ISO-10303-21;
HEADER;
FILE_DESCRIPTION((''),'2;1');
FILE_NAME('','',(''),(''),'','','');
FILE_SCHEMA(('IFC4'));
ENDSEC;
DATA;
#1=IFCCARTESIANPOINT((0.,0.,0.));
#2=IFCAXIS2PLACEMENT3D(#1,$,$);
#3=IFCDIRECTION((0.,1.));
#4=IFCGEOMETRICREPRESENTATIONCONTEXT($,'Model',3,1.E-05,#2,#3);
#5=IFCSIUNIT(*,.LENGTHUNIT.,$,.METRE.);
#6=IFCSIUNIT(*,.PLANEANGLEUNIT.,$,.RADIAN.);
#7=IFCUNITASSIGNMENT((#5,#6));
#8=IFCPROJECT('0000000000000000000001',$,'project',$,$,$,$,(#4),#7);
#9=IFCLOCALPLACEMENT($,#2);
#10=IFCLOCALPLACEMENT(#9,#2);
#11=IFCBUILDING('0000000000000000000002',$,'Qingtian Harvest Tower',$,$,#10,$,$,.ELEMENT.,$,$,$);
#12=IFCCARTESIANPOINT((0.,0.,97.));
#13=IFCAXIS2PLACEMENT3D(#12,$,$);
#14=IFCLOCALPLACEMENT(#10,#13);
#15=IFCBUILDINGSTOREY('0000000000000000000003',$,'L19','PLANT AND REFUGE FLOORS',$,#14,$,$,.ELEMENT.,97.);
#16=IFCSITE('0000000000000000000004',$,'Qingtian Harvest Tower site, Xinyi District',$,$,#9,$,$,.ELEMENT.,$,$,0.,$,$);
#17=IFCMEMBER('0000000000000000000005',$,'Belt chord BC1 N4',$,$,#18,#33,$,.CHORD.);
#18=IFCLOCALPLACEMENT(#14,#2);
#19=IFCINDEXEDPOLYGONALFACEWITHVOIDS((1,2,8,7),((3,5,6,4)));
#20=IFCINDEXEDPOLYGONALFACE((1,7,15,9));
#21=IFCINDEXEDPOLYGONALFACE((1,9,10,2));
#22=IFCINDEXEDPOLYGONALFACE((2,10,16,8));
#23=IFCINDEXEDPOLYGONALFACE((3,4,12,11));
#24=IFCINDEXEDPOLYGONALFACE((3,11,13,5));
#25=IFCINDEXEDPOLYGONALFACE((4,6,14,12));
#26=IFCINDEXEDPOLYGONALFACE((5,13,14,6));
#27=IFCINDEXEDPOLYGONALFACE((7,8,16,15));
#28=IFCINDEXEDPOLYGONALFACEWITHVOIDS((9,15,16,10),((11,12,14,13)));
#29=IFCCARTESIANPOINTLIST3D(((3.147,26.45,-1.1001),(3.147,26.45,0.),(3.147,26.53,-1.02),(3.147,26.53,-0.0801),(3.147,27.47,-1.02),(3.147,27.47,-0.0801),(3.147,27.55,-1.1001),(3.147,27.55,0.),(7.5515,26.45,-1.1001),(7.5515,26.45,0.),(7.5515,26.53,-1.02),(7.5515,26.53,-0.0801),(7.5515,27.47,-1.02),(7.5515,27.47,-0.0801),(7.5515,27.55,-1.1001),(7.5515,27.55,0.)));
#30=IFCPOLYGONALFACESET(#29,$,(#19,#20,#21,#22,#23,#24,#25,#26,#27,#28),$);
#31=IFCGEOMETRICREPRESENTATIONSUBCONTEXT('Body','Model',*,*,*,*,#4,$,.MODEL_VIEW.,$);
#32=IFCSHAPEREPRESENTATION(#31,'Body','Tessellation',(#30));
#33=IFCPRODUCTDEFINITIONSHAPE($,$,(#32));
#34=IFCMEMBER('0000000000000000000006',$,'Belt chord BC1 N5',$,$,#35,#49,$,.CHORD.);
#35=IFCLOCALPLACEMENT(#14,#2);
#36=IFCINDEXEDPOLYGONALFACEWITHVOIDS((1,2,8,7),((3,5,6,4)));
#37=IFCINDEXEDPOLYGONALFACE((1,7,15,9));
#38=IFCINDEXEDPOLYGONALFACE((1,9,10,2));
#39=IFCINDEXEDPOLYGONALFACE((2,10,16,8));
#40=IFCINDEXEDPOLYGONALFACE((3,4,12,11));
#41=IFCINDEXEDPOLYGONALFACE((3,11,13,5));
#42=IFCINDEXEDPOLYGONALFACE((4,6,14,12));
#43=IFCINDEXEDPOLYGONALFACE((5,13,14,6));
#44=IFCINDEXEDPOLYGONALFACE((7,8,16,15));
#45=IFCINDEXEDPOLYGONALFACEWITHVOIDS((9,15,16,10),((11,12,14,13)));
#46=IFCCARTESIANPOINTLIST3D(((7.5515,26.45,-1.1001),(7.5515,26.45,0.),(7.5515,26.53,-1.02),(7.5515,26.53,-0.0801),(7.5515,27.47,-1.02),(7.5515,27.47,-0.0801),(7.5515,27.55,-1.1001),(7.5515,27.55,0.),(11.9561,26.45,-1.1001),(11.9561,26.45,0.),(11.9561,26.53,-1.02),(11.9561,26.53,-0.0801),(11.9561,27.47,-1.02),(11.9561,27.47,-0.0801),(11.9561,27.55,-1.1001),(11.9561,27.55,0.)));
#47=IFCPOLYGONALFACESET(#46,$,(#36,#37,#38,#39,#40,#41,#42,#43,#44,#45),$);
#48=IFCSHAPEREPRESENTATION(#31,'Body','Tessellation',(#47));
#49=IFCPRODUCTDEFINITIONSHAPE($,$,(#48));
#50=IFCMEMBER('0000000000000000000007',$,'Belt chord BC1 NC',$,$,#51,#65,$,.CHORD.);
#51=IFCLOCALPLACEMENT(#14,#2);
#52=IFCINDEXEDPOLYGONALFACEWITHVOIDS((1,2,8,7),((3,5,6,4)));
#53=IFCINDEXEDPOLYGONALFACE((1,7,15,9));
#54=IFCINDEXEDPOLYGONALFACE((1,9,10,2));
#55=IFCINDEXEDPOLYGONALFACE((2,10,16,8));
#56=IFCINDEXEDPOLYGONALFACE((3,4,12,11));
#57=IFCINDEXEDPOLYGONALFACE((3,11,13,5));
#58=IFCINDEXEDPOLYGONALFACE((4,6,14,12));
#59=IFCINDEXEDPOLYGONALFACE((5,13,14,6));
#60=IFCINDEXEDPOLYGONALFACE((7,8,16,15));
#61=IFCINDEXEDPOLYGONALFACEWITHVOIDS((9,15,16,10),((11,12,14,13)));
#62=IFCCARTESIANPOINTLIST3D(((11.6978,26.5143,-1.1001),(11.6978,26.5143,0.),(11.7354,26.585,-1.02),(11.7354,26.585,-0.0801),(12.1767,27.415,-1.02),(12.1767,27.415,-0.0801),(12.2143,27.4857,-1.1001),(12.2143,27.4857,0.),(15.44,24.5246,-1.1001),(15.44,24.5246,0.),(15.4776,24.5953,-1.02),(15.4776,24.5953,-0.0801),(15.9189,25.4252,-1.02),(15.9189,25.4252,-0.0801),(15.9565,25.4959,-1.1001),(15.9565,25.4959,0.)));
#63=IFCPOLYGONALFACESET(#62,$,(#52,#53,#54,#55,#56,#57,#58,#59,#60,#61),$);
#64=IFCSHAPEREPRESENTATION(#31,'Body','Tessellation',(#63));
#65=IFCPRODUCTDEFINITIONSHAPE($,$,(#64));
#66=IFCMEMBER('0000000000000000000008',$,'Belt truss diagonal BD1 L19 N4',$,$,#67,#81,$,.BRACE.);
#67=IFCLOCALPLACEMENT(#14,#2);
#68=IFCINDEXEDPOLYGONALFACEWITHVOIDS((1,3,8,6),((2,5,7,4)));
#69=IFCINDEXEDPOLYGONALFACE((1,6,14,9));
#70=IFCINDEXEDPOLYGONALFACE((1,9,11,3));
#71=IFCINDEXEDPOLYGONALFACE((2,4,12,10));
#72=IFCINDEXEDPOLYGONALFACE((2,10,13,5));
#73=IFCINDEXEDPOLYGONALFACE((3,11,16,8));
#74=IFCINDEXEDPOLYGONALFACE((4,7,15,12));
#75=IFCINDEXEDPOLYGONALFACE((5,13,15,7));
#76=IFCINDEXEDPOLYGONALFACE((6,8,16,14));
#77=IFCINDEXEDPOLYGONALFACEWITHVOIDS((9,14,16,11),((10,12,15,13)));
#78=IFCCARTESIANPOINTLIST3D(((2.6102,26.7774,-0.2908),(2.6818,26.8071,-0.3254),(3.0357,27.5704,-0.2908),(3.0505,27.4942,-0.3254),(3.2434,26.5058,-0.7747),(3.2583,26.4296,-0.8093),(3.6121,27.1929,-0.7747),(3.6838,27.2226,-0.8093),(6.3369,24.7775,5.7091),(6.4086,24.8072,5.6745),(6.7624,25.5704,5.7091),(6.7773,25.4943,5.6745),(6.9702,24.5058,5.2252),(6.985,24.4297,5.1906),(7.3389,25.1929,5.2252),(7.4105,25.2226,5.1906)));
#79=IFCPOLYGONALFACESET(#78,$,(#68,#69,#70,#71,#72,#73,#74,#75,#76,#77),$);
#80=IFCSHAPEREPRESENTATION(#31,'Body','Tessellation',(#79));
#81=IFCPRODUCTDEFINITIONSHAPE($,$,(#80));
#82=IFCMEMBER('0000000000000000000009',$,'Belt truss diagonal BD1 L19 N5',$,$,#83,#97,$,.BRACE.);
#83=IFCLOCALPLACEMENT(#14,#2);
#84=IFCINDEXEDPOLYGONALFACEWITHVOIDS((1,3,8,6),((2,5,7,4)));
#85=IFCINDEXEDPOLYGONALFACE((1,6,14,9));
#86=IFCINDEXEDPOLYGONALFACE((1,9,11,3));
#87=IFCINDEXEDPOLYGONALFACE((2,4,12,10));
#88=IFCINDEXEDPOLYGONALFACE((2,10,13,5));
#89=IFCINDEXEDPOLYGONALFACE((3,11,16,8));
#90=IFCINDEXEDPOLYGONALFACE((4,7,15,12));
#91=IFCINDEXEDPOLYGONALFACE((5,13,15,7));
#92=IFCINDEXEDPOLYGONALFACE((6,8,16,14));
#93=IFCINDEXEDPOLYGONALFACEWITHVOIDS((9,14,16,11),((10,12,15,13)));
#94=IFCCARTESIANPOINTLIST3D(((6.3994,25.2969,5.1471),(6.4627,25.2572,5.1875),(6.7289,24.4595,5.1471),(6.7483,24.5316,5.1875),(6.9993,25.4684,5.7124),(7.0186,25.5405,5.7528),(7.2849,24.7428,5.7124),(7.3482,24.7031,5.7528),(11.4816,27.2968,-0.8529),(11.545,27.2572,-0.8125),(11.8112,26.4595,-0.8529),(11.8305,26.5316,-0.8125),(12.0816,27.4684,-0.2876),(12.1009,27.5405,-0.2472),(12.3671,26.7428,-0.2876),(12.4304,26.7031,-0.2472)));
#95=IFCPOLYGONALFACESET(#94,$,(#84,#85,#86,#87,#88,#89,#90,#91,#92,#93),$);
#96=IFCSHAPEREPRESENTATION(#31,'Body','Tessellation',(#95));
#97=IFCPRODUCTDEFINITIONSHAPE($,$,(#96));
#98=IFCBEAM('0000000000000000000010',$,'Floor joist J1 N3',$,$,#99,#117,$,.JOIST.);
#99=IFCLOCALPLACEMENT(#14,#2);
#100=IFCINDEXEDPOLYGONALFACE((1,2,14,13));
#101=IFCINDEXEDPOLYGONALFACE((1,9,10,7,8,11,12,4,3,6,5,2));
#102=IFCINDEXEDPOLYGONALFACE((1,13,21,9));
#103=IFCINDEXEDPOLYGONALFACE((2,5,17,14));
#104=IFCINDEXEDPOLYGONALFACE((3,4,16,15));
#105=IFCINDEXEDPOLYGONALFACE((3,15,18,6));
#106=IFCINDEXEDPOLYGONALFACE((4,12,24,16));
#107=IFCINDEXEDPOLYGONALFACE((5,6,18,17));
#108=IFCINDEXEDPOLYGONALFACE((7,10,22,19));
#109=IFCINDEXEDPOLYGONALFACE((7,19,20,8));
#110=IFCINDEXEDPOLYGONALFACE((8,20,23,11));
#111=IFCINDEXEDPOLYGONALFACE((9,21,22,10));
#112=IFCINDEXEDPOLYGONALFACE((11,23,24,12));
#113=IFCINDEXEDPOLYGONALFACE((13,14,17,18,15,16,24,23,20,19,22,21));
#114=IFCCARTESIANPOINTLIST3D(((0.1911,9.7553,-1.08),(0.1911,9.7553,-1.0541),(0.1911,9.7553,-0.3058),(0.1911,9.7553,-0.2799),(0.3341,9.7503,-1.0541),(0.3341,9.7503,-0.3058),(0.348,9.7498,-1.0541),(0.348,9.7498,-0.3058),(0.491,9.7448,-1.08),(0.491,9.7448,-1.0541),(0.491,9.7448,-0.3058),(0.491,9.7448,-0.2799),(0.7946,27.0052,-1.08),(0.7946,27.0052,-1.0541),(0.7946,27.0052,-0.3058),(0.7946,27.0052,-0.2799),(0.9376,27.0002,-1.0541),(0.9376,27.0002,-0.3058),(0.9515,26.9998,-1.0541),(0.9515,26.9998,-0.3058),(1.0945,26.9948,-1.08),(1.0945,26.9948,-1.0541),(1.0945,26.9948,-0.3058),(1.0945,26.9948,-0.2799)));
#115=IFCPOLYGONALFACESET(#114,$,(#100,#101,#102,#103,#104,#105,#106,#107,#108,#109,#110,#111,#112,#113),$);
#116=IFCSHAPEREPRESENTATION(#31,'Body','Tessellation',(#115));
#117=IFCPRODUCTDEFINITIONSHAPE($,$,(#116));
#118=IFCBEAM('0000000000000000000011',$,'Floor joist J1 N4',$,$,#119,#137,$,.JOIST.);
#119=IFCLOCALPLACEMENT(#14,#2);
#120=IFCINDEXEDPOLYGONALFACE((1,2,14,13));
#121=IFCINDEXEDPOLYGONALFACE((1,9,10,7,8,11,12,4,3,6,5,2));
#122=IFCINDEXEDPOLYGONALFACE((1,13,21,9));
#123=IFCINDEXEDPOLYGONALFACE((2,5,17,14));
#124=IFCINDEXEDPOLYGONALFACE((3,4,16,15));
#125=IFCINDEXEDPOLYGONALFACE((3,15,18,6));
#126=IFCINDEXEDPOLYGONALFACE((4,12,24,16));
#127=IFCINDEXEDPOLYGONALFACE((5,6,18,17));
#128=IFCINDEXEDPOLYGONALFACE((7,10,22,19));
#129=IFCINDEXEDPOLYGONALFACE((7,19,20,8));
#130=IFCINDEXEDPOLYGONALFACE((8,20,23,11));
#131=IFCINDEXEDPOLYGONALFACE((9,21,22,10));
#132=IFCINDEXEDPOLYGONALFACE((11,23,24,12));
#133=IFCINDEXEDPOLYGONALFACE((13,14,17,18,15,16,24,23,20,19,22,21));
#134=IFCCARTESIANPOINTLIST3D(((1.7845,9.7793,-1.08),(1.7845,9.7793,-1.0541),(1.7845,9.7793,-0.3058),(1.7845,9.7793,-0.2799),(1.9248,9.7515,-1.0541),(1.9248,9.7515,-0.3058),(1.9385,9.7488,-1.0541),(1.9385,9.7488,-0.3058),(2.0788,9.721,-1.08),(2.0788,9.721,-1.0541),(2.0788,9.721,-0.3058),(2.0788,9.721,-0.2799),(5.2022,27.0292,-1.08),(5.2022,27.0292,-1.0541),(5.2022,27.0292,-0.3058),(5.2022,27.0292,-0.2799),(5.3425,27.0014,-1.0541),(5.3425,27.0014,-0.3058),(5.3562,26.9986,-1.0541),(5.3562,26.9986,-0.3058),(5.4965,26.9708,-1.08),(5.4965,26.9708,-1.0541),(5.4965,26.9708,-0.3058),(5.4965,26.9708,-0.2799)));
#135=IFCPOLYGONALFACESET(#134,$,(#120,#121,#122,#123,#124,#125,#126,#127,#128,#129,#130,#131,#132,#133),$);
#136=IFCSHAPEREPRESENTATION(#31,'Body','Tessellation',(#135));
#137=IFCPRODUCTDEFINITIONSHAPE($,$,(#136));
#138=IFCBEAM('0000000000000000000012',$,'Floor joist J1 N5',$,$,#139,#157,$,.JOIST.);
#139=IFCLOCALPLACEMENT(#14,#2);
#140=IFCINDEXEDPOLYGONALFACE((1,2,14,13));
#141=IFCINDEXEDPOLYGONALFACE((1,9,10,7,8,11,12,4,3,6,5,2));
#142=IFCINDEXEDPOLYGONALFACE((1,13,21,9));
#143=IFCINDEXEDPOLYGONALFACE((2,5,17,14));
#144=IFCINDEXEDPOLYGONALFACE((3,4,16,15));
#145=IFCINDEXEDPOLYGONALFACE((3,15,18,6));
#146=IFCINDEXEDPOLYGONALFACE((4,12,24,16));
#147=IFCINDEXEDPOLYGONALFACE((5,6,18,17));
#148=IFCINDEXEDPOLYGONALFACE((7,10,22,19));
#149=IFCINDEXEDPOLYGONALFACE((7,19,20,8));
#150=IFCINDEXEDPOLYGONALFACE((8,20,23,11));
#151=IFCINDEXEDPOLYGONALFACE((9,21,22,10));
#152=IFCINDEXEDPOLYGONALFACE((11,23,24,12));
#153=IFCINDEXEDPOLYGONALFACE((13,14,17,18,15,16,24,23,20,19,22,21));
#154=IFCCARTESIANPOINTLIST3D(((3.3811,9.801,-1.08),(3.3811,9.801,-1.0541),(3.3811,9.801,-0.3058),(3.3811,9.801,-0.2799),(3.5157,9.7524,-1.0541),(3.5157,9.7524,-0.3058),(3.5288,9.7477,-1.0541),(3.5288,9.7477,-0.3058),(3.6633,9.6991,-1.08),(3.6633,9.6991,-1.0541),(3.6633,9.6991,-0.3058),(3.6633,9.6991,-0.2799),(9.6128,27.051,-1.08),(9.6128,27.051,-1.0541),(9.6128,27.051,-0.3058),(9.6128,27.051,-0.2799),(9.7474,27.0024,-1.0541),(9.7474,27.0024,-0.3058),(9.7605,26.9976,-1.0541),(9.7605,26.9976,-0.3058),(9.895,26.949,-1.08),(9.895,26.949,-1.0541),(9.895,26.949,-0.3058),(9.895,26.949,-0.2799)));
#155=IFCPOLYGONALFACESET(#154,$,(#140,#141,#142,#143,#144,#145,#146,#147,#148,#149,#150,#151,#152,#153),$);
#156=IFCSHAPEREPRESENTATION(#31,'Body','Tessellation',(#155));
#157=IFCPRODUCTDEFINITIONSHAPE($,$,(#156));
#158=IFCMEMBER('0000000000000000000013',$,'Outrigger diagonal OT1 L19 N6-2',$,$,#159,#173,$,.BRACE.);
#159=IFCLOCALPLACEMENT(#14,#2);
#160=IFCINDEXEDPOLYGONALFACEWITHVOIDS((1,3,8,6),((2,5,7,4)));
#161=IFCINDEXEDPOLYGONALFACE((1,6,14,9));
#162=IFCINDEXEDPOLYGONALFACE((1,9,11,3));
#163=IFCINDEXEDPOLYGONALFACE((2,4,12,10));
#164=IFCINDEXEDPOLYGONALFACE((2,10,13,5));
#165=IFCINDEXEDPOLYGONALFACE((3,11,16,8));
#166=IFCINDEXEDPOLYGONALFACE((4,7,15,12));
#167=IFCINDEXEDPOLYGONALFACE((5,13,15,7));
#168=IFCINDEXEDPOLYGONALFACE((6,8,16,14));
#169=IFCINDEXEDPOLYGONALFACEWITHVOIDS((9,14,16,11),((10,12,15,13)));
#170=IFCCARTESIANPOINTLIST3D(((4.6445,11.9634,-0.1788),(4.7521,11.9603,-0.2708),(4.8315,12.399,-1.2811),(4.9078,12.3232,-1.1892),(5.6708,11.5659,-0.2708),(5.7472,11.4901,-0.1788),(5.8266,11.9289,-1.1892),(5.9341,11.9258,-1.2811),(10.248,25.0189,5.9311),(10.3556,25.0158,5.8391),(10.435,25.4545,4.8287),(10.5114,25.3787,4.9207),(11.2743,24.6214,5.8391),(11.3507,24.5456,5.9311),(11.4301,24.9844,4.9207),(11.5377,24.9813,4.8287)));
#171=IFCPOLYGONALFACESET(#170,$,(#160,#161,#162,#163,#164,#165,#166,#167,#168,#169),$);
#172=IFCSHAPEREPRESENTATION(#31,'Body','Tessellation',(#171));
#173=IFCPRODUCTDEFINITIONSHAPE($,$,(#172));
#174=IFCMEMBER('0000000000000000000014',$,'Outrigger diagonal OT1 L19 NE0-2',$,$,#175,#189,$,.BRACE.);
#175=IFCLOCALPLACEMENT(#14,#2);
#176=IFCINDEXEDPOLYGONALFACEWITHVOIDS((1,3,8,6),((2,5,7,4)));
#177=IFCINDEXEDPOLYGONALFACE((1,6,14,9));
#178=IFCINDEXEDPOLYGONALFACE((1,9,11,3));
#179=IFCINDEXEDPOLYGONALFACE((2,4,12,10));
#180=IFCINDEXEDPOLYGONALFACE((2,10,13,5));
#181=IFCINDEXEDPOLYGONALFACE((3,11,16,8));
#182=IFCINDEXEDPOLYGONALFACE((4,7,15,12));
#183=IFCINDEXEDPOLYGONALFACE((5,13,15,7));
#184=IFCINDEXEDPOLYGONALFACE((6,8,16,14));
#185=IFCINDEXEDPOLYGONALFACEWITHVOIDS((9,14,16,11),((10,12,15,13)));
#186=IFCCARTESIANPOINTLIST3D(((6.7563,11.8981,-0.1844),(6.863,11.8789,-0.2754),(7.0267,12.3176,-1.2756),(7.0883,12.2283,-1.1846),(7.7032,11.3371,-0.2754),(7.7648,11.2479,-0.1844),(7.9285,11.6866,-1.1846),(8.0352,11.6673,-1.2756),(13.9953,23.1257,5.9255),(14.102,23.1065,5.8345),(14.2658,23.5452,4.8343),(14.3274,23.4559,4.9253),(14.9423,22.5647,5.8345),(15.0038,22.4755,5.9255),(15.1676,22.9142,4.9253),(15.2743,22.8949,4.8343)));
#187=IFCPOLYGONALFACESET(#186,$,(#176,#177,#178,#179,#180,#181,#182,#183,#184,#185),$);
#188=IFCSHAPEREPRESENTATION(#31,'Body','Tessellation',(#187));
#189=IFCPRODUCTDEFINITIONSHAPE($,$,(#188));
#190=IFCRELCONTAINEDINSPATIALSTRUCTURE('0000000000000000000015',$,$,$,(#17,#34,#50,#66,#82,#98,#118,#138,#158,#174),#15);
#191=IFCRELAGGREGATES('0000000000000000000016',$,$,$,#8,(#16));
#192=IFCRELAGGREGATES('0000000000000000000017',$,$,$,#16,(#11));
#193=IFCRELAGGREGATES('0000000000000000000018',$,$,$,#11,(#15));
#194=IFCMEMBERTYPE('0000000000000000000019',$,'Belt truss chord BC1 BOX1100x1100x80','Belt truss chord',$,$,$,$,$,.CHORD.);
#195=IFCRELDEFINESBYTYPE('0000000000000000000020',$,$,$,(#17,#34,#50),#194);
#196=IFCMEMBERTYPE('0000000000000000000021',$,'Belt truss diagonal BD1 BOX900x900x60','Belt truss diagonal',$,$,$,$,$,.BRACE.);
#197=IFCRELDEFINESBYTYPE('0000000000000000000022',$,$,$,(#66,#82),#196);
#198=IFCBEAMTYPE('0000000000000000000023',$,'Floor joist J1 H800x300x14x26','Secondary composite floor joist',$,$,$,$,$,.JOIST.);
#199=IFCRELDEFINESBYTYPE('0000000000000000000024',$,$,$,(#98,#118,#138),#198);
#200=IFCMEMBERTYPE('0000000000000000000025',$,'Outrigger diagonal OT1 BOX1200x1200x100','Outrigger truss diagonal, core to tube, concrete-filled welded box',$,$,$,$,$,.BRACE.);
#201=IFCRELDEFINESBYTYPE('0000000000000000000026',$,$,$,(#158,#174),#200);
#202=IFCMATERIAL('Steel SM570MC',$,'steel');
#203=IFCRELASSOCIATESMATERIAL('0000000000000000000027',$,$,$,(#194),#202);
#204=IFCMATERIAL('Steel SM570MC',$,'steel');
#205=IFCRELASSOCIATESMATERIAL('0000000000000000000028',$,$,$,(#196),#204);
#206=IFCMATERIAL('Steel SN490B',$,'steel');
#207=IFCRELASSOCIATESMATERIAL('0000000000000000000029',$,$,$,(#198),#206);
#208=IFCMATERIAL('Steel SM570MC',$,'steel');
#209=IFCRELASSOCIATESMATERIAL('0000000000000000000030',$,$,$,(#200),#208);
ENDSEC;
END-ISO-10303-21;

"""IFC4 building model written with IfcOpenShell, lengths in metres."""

from ifc_helpers import new_model, si_unit, direction, frame, origin, origin_2d, place, context, subcontext, project, spatial, hollow_rectangle, i_section, extrude, material, material_profile, profile_set, type_object, element, save


model = new_model("IFC4")

# Units and contexts
model_context = context("Model", 3, precision=1e-05, world=origin(), true_north=direction((0.0, 1.0)))
body_context = subcontext(model_context, "Body", "Model", "MODEL_VIEW")
ifc_project = project(units=[si_unit("LENGTHUNIT", "METRE"), si_unit("PLANEANGLEUNIT", "RADIAN")], contexts=[model_context])

# Site, building, storey
site_placement = place(None, origin())
site = spatial("IfcSite", under=ifc_project, at=site_placement, Name="Qingtian Harvest Tower site, Xinyi District", CompositionType="ELEMENT", RefElevation=0.0)
building_placement = place(site_placement, origin())
building = spatial("IfcBuilding", under=site, at=building_placement, Name="Qingtian Harvest Tower", CompositionType="ELEMENT")
storey_placement = place(building_placement, frame((0.0, 0.0, 97.0)))
storey = spatial("IfcBuildingStorey", under=building, at=storey_placement, Name="L19", Description="PLANT AND REFUGE FLOORS", CompositionType="ELEMENT", Elevation=97.0)

# Members
ifc_material_1 = material(Name="Steel SM570MC", Category="steel")
ifc_material_profile_1 = material_profile(ifc_material_1, hollow_rectangle(XDim=1.1001, YDim=1.1001, WallThickness=0.0801, at=origin_2d()), Name="BOX1100x1100x80")
ifc_profile_set_1 = profile_set([ifc_material_profile_1], Name="Steel SM570MC")
member_type_1 = type_object("IfcMemberType", Name="Belt truss chord BC1 BOX1100x1100x80", Description="Belt truss chord", PredefinedType="CHORD", material=ifc_profile_set_1)
for number, where, z_axis, x_axis, name in (
    (1, (3.147, 27.0, -0.55), (1.0, 0.0, 0.0), (0.0, 1.0, 0.0), "Belt chord BC1 N4"),
    (2, (7.5515, 27.0, -0.55), (1.0, 0.0, 0.0), (0.0, 1.0, 0.0), "Belt chord BC1 N5"),
):
    element("IfcMember", number, at=place(storey_placement, frame(where, z_axis=z_axis, x_axis=x_axis)), inside=storey, type_object=member_type_1, Name=name, PredefinedType="CHORD", context=body_context, shape_type="SweptSolid", body=[
        extrude(hollow_rectangle(XDim=1.1001, YDim=1.1001, WallThickness=0.0801, at=origin_2d()), origin(), (0.0, 0.0, 1.0), 4.4045),
    ])
member_1_placement = place(storey_placement, frame((11.9561, 27.0, -0.55), z_axis=(0.882949, -0.46947, 0.0), x_axis=(0.46947, 0.882949, 0.0)))
element("IfcMember", 3, at=member_1_placement, inside=storey, type_object=member_type_1, Name="Belt chord BC1 NC", PredefinedType="CHORD", context=body_context, shape_type="SweptSolid", body=[
    extrude(hollow_rectangle(XDim=1.1001, YDim=1.1001, WallThickness=0.0801, at=origin_2d()), origin(), (0.0, 0.0, 1.0), 4.2383),
])
ifc_material_2 = material(Name="Steel SM570MC", Category="steel")
ifc_material_profile_2 = material_profile(ifc_material_2, hollow_rectangle(XDim=0.8999, YDim=0.8999, WallThickness=0.0601, at=origin_2d()), Name="BOX900x900x60")
ifc_profile_set_2 = profile_set([ifc_material_profile_2], Name="Steel SM570MC")
member_type_2 = type_object("IfcMemberType", Name="Belt truss diagonal BD1 BOX900x900x60", Description="Belt truss diagonal", PredefinedType="BRACE", material=ifc_profile_set_2)
member_2_placement = place(storey_placement, frame((3.147, 27.0, -0.55), z_axis=(0.507676, -0.272445, 0.817336), x_axis=(0.472864, 0.881136, 0.0)))
element("IfcMember", 4, at=member_2_placement, inside=storey, type_object=member_type_2, Name="Belt truss diagonal BD1 L19 N4", PredefinedType="BRACE", context=body_context, shape_type="SweptSolid", body=[
    extrude(hollow_rectangle(XDim=0.8999, YDim=0.8999, WallThickness=0.0601, at=origin_2d()), origin(), (0.0, 0.0, 1.0), 7.3408),
])
member_3_placement = place(storey_placement, frame((6.8738, 25.0, 5.45), z_axis=(0.626394, 0.246502, -0.739505), x_axis=(-0.36619, 0.93054, 0.0)))
element("IfcMember", 5, at=member_3_placement, inside=storey, type_object=member_type_2, Name="Belt truss diagonal BD1 L19 N5", PredefinedType="BRACE", context=body_context, shape_type="SweptSolid", body=[
    extrude(hollow_rectangle(XDim=0.8999, YDim=0.8999, WallThickness=0.0601, at=origin_2d()), origin(), (0.0, 0.0, 1.0), 8.1135),
])

# Beams
ifc_material_3 = material(Name="Steel SN490B", Category="steel")
ifc_material_profile_3 = material_profile(ifc_material_3, i_section(OverallWidth=0.3, OverallDepth=0.8, WebThickness=0.0139, FlangeThickness=0.0259, at=origin_2d()), Name="H800x300x14x26")
ifc_profile_set_3 = profile_set([ifc_material_profile_3], Name="Steel SN490B")
beam_type_1 = type_object("IfcBeamType", Name="Floor joist J1 H800x300x14x26", Description="Secondary composite floor joist", PredefinedType="JOIST", material=ifc_profile_set_3)
beam_1_placement = place(storey_placement, frame((0.9446, 27.0, -0.6799), z_axis=(-0.034965, -0.999389, 0.0), x_axis=(0.999389, -0.034965, 0.0)))
element("IfcBeam", 6, at=beam_1_placement, inside=storey, type_object=beam_type_1, Name="Floor joist J1 N3", PredefinedType="JOIST", context=body_context, shape_type="SweptSolid", body=[
    extrude(i_section(OverallWidth=0.3, OverallDepth=0.8, WebThickness=0.0139, FlangeThickness=0.0259, at=origin_2d()), origin(), (0.0, 0.0, 1.0), 17.2605),
])
beam_2_placement = place(storey_placement, frame((5.3494, 27.0, -0.6799), z_axis=(-0.194351, -0.980932, 0.0), x_axis=(0.980932, -0.194351, 0.0)))
element("IfcBeam", 7, at=beam_2_placement, inside=storey, type_object=beam_type_1, Name="Floor joist J1 N4", PredefinedType="JOIST", context=body_context, shape_type="SweptSolid", body=[
    extrude(i_section(OverallWidth=0.3, OverallDepth=0.8, WebThickness=0.0139, FlangeThickness=0.0259, at=origin_2d()), origin(), (0.0, 0.0, 1.0), 17.5852),
])
beam_3_placement = place(storey_placement, frame((9.7539, 27.0, -0.6799), z_axis=(-0.339766, -0.94051, 0.0), x_axis=(0.94051, -0.339766, 0.0)))
element("IfcBeam", 8, at=beam_3_placement, inside=storey, type_object=beam_type_1, Name="Floor joist J1 N5", PredefinedType="JOIST", context=body_context, shape_type="SweptSolid", body=[
    extrude(i_section(OverallWidth=0.3, OverallDepth=0.8, WebThickness=0.0139, FlangeThickness=0.0259, at=origin_2d()), origin(), (0.0, 0.0, 1.0), 18.3411),
])

# Members
ifc_material_4 = material(Name="Steel SM570MC", Category="steel")
ifc_material_profile_4 = material_profile(ifc_material_4, hollow_rectangle(XDim=1.2, YDim=1.2, WallThickness=0.1001, at=origin_2d()), Name="BOX1200x1200x100")
ifc_profile_set_4 = profile_set([ifc_material_profile_4], Name="Steel SM570MC")
member_type_3 = type_object("IfcMemberType", Name="Outrigger diagonal OT1 BOX1200x1200x100", Description="Outrigger truss diagonal, core to tube, concrete-filled welded box", PredefinedType="BRACE", material=ifc_profile_set_4)
member_4_placement = place(storey_placement, frame((5.2893, 11.9446, -0.73), z_axis=(0.36233, 0.844178, 0.395071), x_axis=(-0.918932, 0.394415, 0.0)))
element("IfcMember", 9, at=member_4_placement, inside=storey, type_object=member_type_3, Name="Outrigger diagonal OT1 L19 N6-2", PredefinedType="BRACE", context=body_context, shape_type="SweptSolid", body=[
    extrude(hollow_rectangle(XDim=1.2, YDim=1.2, WallThickness=0.1001, at=origin_2d()), origin(), (0.0, 0.0, 1.0), 15.4653),
])
member_5_placement = place(storey_placement, frame((7.3958, 11.7827, -0.73), z_axis=(0.492791, 0.764306, 0.415924), x_axis=(-0.840452, 0.541886, 0.0)))
element("IfcMember", 10, at=member_5_placement, inside=storey, type_object=member_type_3, Name="Outrigger diagonal OT1 L19 NE0-2", PredefinedType="BRACE", context=body_context, shape_type="SweptSolid", body=[
    extrude(hollow_rectangle(XDim=1.2, YDim=1.2, WallThickness=0.1001, at=origin_2d()), origin(), (0.0, 0.0, 1.0), 14.6899),
])

save(model, "model.ifc")
